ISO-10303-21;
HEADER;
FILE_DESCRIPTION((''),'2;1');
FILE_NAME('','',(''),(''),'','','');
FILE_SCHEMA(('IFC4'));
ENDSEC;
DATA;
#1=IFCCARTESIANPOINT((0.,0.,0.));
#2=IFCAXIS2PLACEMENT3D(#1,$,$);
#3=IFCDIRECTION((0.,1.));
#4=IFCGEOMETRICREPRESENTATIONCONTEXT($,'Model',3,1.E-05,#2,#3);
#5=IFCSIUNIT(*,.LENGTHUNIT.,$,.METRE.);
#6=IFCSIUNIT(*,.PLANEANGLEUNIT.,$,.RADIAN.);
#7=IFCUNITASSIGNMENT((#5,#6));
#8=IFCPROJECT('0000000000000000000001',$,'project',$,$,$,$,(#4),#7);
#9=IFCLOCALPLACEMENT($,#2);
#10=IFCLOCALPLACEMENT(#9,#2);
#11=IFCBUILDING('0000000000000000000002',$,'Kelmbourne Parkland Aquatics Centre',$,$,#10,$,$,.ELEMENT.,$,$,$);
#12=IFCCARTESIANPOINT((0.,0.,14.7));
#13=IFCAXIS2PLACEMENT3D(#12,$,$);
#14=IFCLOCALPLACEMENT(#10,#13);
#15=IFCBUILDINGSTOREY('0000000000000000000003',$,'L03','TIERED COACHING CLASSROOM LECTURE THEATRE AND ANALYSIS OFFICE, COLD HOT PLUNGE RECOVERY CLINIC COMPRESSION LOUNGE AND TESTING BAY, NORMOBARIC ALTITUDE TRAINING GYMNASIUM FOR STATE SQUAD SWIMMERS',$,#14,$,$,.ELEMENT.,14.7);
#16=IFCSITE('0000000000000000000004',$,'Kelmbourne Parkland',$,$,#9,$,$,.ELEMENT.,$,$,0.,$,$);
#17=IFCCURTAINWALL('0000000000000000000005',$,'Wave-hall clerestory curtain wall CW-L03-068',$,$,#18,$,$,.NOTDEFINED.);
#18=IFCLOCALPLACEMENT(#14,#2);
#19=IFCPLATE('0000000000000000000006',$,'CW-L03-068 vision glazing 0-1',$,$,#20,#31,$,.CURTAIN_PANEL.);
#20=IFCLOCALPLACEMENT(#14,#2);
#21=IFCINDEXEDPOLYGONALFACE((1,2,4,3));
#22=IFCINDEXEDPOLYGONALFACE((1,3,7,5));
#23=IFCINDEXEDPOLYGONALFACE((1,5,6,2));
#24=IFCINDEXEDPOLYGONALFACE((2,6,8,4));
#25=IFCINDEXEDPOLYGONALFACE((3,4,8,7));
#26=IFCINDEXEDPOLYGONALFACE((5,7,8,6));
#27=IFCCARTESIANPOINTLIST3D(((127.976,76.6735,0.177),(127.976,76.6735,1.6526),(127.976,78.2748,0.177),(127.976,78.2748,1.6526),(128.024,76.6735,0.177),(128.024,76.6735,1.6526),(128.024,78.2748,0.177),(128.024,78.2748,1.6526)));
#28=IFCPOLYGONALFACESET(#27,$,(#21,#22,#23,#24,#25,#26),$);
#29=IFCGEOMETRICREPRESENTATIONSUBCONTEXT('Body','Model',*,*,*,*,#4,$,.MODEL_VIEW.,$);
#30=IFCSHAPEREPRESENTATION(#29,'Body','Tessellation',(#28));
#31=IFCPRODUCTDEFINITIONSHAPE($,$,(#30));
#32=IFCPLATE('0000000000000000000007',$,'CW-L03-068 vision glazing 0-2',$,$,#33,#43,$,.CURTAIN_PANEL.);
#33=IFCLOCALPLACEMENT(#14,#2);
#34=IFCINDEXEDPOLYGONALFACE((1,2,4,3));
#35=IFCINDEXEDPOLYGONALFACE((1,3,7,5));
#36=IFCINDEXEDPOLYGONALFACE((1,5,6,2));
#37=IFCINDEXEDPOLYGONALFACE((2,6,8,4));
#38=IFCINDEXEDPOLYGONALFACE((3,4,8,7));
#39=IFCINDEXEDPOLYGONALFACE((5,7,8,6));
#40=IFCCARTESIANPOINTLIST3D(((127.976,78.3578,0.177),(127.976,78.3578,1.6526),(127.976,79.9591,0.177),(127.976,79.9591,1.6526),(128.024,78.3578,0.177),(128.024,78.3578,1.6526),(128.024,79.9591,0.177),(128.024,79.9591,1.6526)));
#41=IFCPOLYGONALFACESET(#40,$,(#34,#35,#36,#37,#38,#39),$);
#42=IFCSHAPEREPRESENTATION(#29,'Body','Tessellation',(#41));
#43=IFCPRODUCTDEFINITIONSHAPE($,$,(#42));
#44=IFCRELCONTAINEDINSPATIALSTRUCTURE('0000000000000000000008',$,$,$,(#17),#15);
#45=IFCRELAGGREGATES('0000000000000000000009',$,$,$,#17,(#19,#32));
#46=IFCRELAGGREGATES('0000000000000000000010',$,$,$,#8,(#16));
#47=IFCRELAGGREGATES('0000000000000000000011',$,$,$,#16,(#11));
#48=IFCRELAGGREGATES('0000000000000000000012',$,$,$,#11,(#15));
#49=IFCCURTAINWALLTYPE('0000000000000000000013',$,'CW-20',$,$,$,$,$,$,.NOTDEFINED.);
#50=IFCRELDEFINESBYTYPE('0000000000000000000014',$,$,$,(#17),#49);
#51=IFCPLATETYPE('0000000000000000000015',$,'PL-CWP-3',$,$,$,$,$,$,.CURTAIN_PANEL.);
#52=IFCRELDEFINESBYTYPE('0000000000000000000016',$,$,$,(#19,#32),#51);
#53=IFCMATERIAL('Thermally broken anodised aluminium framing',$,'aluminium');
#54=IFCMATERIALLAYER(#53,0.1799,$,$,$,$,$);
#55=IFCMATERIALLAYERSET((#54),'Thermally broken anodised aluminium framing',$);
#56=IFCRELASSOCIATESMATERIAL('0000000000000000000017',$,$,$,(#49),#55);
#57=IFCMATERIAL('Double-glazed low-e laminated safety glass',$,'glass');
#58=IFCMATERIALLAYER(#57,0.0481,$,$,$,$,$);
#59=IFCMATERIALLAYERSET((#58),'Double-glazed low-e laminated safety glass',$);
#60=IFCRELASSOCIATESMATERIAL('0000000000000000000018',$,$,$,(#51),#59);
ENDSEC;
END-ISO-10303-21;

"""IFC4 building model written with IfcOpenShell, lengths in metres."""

from ifc_helpers import new_model, si_unit, direction, frame, origin, origin_2d, place, context, subcontext, project, spatial, rectangle, extrude, material, layer, layer_set, type_object, element, aggregate, save


model = new_model("IFC4")

# Units and contexts
model_context = context("Model", 3, precision=1e-05, world=origin(), true_north=direction((0.0, 1.0)))
body_context = subcontext(model_context, "Body", "Model", "MODEL_VIEW")
ifc_project = project(units=[si_unit("LENGTHUNIT", "METRE"), si_unit("PLANEANGLEUNIT", "RADIAN")], contexts=[model_context])

# Site, building, storey
site_placement = place(None, origin())
site = spatial("IfcSite", under=ifc_project, at=site_placement, Name="Kelmbourne Parkland", CompositionType="ELEMENT", RefElevation=0.0)
building_placement = place(site_placement, origin())
building = spatial("IfcBuilding", under=site, at=building_placement, Name="Kelmbourne Parkland Aquatics Centre", CompositionType="ELEMENT")
storey_placement = place(building_placement, frame((0.0, 0.0, 14.7)))
storey = spatial("IfcBuildingStorey", under=building, at=storey_placement, Name="L03", Description="TIERED COACHING CLASSROOM LECTURE THEATRE AND ANALYSIS OFFICE, COLD HOT PLUNGE RECOVERY CLINIC COMPRESSION LOUNGE AND TESTING BAY, NORMOBARIC ALTITUDE TRAINING GYMNASIUM FOR STATE SQUAD SWIMMERS", CompositionType="ELEMENT", Elevation=14.7)

# Curtain wall
ifc_material_1 = material(Name="Thermally broken anodised aluminium framing", Category="aluminium")
ifc_layer_1 = layer(ifc_material_1, 0.1799)
ifc_layer_set_1 = layer_set([ifc_layer_1], Name="Thermally broken anodised aluminium framing")
curtain_wall_type_1 = type_object("IfcCurtainWallType", Name="CW-20", PredefinedType="NOTDEFINED", material=ifc_layer_set_1)
curtain_wall_1_placement = place(storey_placement, origin())
curtain_wall_1 = element("IfcCurtainWall", 1, at=curtain_wall_1_placement, inside=storey, type_object=curtain_wall_type_1, Name="Wave-hall clerestory curtain wall CW-L03-068", PredefinedType="NOTDEFINED")

# Plates
ifc_material_2 = material(Name="Double-glazed low-e laminated safety glass", Category="glass")
ifc_layer_2 = layer(ifc_material_2, 0.0481)
ifc_layer_set_2 = layer_set([ifc_layer_2], Name="Double-glazed low-e laminated safety glass")
plate_type_1 = type_object("IfcPlateType", Name="PL-CWP-3", PredefinedType="CURTAIN_PANEL", material=ifc_layer_set_2)
plate_1_placement = place(storey_placement, frame((128.0, 77.4741, 0.177), z_axis=(0.0, 0.0, 1.0), x_axis=(0.0, 1.0, 0.0)))
plate_1 = element("IfcPlate", 2, at=plate_1_placement, type_object=plate_type_1, Name="CW-L03-068 vision glazing 0-1", PredefinedType="CURTAIN_PANEL", context=body_context, shape_type="SweptSolid", body=[
    extrude(rectangle(XDim=1.6013, YDim=0.0481, at=origin_2d()), origin(), (0.0, 0.0, 1.0), 1.4756),
])
plate_2_placement = place(storey_placement, frame((128.0, 79.1584, 0.177), z_axis=(0.0, 0.0, 1.0), x_axis=(0.0, 1.0, 0.0)))
plate_2 = element("IfcPlate", 3, at=plate_2_placement, type_object=plate_type_1, Name="CW-L03-068 vision glazing 0-2", PredefinedType="CURTAIN_PANEL", context=body_context, shape_type="SweptSolid", body=[
    extrude(rectangle(XDim=1.6013, YDim=0.0481, at=origin_2d()), origin(), (0.0, 0.0, 1.0), 1.4756),
])
aggregate(curtain_wall_1, [plate_1, plate_2])

save(model, "model.ifc")
